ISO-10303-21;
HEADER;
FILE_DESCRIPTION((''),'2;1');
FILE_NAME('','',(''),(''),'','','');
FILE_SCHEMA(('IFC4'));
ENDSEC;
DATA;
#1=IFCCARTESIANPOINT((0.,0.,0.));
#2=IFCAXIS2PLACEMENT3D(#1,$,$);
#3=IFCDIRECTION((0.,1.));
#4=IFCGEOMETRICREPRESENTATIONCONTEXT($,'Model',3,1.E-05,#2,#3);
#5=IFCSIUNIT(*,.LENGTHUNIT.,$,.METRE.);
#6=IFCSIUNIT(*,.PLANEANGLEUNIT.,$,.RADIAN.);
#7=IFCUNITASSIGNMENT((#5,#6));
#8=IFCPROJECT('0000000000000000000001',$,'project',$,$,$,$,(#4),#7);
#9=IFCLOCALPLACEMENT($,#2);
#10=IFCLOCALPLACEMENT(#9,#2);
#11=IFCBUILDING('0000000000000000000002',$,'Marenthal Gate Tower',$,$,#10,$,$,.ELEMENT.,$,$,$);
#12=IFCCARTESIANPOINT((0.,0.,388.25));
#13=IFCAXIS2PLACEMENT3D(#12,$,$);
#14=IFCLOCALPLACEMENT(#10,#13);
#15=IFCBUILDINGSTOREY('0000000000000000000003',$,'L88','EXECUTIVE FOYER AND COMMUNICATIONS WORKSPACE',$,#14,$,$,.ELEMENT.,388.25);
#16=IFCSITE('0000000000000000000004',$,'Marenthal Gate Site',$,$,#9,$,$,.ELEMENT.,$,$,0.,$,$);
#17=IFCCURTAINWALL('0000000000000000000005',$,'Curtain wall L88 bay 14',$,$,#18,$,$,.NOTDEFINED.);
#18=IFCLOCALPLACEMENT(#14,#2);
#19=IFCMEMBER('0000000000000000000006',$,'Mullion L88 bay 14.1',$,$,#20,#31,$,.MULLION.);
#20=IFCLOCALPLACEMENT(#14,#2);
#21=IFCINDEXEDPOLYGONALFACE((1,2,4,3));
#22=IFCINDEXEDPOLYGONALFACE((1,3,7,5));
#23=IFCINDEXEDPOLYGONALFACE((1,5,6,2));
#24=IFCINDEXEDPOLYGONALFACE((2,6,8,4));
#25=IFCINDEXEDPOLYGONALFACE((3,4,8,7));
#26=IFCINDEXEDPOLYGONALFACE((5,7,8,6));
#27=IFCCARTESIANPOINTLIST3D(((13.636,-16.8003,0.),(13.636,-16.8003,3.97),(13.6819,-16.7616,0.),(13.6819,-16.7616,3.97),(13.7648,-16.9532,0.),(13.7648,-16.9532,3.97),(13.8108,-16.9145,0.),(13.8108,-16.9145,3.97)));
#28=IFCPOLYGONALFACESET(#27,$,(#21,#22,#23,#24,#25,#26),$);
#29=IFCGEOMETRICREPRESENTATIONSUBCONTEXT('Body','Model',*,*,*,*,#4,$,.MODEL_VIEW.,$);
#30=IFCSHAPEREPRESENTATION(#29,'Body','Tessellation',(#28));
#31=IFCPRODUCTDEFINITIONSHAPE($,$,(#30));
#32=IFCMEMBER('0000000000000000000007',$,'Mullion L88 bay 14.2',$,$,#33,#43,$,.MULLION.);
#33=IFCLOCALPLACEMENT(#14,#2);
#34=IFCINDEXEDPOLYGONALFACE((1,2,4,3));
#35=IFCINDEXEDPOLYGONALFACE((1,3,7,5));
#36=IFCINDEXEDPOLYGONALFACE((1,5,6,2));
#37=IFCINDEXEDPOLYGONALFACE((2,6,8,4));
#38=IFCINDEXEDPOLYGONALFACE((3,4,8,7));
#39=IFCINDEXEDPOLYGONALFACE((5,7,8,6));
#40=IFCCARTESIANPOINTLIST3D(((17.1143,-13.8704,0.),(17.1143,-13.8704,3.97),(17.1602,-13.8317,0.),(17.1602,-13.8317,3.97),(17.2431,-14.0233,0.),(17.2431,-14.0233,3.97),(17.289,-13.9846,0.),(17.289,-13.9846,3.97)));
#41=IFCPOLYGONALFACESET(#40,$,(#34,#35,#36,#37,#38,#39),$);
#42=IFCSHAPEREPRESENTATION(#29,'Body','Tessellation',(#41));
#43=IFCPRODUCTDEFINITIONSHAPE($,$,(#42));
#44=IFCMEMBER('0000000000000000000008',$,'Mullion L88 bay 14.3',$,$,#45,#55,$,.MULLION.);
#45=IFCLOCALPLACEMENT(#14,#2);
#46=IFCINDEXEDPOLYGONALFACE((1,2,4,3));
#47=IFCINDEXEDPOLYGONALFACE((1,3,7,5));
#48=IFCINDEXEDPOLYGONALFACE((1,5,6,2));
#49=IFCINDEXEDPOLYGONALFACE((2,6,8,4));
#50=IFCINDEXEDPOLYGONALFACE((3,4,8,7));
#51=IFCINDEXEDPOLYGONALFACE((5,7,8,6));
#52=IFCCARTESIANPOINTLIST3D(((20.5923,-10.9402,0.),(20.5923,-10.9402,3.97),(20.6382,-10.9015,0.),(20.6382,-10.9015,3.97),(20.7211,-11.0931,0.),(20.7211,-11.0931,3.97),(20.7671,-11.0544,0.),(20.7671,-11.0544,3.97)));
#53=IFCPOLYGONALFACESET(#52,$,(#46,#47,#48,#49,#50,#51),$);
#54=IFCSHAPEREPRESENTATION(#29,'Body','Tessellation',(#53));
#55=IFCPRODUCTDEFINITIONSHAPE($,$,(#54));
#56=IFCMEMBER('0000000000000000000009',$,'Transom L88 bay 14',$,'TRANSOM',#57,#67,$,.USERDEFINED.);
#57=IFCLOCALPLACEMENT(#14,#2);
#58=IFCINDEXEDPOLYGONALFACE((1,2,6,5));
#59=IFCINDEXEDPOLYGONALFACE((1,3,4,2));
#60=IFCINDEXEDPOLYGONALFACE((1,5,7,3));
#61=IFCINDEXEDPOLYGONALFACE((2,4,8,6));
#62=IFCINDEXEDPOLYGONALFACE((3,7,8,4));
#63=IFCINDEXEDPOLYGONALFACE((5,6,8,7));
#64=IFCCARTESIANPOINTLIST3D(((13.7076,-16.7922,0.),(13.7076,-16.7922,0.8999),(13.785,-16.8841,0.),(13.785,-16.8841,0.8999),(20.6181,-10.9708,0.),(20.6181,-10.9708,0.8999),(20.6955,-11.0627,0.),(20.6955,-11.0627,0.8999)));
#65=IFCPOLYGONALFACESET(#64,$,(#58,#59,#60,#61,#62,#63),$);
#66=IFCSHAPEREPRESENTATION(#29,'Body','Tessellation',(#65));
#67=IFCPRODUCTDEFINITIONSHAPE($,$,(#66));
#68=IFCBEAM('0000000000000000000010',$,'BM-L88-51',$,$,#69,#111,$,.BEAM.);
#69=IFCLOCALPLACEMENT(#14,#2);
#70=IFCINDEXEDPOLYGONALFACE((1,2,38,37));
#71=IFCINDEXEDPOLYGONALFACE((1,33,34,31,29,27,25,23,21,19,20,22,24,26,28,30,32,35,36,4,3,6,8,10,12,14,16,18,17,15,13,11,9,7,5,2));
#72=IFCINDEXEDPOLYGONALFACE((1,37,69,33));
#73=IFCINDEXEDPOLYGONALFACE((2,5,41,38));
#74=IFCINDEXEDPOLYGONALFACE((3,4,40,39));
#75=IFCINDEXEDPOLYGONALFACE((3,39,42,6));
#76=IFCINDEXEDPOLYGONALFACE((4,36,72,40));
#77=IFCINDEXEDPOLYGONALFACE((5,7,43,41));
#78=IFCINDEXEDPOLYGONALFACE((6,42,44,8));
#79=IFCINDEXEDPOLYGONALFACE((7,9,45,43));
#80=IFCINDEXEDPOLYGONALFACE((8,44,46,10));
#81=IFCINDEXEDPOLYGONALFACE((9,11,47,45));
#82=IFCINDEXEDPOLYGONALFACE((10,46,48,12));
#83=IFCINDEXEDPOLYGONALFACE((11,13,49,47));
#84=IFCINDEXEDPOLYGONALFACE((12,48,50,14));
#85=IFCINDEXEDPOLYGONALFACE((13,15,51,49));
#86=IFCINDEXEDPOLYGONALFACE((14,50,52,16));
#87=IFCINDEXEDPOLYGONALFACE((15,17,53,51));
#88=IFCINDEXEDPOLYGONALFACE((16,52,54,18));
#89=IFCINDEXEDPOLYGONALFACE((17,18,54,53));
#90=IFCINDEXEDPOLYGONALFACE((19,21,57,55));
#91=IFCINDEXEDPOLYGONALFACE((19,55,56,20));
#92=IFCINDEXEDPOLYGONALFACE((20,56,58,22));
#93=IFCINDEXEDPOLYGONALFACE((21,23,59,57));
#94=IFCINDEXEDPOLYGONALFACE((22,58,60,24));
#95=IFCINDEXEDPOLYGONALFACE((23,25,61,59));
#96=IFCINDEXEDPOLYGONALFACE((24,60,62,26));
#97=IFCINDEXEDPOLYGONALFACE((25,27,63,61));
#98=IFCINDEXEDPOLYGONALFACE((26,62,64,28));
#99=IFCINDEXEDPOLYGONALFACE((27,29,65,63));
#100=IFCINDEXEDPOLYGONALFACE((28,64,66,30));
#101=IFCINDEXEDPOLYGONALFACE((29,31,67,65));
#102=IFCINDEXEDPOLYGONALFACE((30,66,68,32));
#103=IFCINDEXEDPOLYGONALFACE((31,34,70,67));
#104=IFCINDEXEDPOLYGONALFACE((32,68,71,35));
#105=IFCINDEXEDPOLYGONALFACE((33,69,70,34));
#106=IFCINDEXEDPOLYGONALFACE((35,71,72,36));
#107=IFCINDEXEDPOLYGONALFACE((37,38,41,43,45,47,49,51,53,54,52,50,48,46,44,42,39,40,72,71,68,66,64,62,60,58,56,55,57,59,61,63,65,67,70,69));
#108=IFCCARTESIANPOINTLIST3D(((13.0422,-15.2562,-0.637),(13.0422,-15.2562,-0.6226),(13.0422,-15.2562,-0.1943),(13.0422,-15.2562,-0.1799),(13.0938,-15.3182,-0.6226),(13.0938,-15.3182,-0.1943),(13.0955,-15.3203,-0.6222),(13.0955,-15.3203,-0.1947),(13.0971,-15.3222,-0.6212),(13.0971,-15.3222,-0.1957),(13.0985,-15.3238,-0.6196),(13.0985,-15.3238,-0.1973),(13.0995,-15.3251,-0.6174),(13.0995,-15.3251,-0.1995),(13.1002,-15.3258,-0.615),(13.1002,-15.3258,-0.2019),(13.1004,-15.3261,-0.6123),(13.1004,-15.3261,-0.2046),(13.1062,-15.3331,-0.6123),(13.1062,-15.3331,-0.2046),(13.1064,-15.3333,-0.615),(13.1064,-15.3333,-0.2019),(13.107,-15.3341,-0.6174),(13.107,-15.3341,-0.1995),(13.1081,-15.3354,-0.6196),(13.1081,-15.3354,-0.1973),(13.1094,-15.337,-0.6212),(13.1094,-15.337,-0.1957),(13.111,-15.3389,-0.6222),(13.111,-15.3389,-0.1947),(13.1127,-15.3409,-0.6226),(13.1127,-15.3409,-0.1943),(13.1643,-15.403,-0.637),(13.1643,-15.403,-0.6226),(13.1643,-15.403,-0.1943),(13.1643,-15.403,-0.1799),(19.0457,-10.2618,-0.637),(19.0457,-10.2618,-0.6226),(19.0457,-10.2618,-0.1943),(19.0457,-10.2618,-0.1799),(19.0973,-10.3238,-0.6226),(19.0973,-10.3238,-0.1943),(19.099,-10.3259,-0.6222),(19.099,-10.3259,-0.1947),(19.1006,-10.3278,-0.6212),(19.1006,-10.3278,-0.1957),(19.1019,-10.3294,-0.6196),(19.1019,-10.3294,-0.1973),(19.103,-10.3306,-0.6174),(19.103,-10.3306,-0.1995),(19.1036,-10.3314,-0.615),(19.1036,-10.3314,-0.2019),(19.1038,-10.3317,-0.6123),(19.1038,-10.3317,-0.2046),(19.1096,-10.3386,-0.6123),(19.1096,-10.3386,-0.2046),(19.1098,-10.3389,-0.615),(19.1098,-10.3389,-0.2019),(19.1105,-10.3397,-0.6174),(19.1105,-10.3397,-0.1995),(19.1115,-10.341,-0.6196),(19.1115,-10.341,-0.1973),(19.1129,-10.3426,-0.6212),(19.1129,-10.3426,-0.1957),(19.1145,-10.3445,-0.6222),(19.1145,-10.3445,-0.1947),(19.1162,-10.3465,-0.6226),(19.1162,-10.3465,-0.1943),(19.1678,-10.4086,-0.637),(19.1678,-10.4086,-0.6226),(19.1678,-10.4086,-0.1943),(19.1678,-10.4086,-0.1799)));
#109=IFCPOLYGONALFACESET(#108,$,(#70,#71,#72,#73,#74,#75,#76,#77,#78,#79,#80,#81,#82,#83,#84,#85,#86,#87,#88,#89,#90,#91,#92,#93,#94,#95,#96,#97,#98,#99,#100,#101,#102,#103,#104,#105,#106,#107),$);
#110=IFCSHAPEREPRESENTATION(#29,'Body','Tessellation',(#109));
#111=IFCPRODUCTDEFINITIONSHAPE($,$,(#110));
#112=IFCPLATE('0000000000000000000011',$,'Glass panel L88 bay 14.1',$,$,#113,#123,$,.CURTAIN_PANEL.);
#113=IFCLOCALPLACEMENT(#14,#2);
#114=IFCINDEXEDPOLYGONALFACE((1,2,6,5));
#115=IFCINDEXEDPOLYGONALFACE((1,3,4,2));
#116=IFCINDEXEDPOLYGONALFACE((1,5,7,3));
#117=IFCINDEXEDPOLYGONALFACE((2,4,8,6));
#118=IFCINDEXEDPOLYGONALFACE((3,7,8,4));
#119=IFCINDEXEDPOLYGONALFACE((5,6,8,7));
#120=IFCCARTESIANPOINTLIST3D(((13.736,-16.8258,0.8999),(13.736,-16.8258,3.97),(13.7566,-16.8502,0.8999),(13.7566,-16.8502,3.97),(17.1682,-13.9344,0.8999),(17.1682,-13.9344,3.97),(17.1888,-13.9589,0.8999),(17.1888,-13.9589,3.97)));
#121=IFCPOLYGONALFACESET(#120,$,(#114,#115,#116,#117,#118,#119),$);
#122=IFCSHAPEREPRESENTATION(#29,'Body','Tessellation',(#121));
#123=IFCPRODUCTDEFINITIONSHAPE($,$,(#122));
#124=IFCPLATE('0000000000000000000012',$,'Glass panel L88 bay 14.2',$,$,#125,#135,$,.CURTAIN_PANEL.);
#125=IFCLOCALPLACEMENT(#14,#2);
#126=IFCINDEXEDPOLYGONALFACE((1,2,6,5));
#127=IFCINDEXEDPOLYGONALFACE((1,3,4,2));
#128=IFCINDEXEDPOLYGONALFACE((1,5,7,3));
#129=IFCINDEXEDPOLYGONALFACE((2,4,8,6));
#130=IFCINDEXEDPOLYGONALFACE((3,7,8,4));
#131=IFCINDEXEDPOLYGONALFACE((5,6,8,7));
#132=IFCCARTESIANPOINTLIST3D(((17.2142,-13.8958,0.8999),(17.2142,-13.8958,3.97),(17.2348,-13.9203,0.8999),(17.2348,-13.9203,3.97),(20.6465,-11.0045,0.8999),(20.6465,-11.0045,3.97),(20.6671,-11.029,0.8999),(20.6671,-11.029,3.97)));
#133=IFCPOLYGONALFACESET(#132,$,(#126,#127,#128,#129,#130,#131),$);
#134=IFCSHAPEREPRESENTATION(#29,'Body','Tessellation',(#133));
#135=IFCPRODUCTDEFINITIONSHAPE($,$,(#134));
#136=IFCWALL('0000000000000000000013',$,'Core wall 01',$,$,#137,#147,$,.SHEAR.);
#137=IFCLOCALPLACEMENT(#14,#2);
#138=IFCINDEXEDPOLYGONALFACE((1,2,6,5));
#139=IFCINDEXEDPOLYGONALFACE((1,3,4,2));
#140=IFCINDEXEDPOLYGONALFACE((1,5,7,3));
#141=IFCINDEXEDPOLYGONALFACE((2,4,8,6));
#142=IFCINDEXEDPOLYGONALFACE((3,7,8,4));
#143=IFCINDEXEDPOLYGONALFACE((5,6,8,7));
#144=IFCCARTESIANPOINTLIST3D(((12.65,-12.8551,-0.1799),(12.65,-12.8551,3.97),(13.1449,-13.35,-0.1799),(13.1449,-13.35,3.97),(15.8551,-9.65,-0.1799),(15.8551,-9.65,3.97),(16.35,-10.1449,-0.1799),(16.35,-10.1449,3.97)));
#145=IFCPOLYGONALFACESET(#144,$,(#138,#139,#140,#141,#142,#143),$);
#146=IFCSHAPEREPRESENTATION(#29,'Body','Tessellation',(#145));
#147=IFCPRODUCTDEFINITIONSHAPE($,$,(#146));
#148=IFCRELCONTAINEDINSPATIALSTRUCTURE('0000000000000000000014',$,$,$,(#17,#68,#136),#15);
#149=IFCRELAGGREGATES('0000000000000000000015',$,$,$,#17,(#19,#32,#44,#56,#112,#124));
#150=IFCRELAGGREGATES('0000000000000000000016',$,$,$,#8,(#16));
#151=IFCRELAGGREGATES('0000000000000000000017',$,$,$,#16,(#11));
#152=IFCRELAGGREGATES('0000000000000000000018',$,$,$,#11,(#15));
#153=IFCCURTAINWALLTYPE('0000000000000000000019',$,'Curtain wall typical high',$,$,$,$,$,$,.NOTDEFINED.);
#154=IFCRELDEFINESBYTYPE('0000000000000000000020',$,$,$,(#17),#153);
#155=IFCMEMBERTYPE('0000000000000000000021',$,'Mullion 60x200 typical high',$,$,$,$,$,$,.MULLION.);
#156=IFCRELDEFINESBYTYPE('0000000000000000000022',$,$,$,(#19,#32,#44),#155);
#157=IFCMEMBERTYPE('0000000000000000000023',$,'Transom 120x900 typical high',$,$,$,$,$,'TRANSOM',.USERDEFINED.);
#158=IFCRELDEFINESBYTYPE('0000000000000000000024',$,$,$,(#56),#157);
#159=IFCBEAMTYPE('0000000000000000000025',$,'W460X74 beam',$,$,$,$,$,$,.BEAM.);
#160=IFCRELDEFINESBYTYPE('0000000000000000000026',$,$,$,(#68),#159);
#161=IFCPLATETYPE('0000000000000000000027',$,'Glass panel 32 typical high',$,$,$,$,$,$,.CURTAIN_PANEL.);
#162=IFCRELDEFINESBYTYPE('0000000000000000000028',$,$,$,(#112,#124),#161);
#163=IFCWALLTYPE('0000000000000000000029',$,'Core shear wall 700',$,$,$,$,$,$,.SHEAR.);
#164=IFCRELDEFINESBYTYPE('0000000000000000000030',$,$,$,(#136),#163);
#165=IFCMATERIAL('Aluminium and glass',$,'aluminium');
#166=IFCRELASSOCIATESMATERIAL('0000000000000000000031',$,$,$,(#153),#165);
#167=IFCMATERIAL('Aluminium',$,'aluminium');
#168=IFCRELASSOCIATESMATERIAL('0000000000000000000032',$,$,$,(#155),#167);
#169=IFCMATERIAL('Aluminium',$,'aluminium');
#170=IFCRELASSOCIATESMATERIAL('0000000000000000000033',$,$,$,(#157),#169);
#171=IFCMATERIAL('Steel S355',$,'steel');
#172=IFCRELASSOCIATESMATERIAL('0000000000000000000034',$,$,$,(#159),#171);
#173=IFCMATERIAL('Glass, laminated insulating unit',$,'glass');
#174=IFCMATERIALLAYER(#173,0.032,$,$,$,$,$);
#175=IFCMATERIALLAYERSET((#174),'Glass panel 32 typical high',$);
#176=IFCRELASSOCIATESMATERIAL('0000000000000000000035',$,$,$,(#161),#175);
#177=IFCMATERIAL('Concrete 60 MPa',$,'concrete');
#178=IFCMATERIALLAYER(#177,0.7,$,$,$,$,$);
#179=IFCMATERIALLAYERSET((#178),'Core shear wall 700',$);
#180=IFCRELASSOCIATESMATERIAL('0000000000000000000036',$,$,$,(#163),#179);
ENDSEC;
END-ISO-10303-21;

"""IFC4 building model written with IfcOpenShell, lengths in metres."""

from ifc_helpers import new_model, si_unit, direction, frame, frame_2d, origin, origin_2d, place, context, subcontext, project, spatial, rectangle, i_section, extrude, material, layer, layer_set, material_profile, profile_set, type_object, element, aggregate, save


model = new_model("IFC4")

# Units and contexts
model_context = context("Model", 3, precision=1e-05, world=origin(), true_north=direction((0.0, 1.0)))
body_context = subcontext(model_context, "Body", "Model", "MODEL_VIEW")
ifc_project = project(units=[si_unit("LENGTHUNIT", "METRE"), si_unit("PLANEANGLEUNIT", "RADIAN")], contexts=[model_context])

# Site, building, storey
site_placement = place(None, origin())
site = spatial("IfcSite", under=ifc_project, at=site_placement, Name="Marenthal Gate Site", CompositionType="ELEMENT", RefElevation=0.0)
building_placement = place(site_placement, origin())
building = spatial("IfcBuilding", under=site, at=building_placement, Name="Marenthal Gate Tower", CompositionType="ELEMENT")
storey_placement = place(building_placement, frame((0.0, 0.0, 388.25)))
storey = spatial("IfcBuildingStorey", under=building, at=storey_placement, Name="L88", Description="EXECUTIVE FOYER AND COMMUNICATIONS WORKSPACE", CompositionType="ELEMENT", Elevation=388.25)

# Curtain wall, members
ifc_material_1 = material(Name="Aluminium and glass", Category="aluminium")
curtain_wall_type = type_object("IfcCurtainWallType", Name="Curtain wall typical high", PredefinedType="NOTDEFINED", material=ifc_material_1)
curtain_wall_placement = place(storey_placement, origin())
curtain_wall = element("IfcCurtainWall", 1, at=curtain_wall_placement, inside=storey, type_object=curtain_wall_type, Name="Curtain wall L88 bay 14", PredefinedType="NOTDEFINED")
ifc_material_2 = material(Name="Aluminium", Category="aluminium")
ifc_material_profile_1 = material_profile(ifc_material_2, rectangle(XDim=0.2, YDim=0.0601, at=origin_2d()), Name="60x200 aluminium mullion")
ifc_profile_set_1 = profile_set([ifc_material_profile_1], Name="Aluminium")
member_type_1 = type_object("IfcMemberType", Name="Mullion 60x200 typical high", PredefinedType="MULLION", material=ifc_profile_set_1)
member_1_placement = place(storey_placement, frame((13.7234, -16.8574, 0.0), z_axis=(0.0, 0.0, 1.0), x_axis=(-0.644265, 0.764802, 0.0)))
member_1 = element("IfcMember", 2, at=member_1_placement, type_object=member_type_1, Name="Mullion L88 bay 14.1", PredefinedType="MULLION", context=body_context, shape_type="SweptSolid", body=[
    extrude(rectangle(XDim=0.2, YDim=0.0601, at=origin_2d()), origin(), (0.0, 0.0, 1.0), 3.97),
])
member_2_placement = place(storey_placement, frame((17.2017, -13.9275, 0.0), z_axis=(0.0, 0.0, 1.0), x_axis=(-0.644265, 0.764802, 0.0)))
member_2 = element("IfcMember", 3, at=member_2_placement, type_object=member_type_1, Name="Mullion L88 bay 14.2", PredefinedType="MULLION", context=body_context, shape_type="SweptSolid", body=[
    extrude(rectangle(XDim=0.2, YDim=0.0601, at=origin_2d()), origin(), (0.0, 0.0, 1.0), 3.97),
])
member_3_placement = place(storey_placement, frame((20.6797, -10.9973, 0.0), z_axis=(0.0, 0.0, 1.0), x_axis=(-0.644265, 0.764802, 0.0)))
member_3 = element("IfcMember", 4, at=member_3_placement, type_object=member_type_1, Name="Mullion L88 bay 14.3", PredefinedType="MULLION", context=body_context, shape_type="SweptSolid", body=[
    extrude(rectangle(XDim=0.2, YDim=0.0601, at=origin_2d()), origin(), (0.0, 0.0, 1.0), 3.97),
])
ifc_material_3 = material(Name="Aluminium", Category="aluminium")
ifc_material_profile_2 = material_profile(ifc_material_3, rectangle(XDim=0.1201, YDim=0.8999, at=origin_2d()), Name="120x900 aluminium transom")
ifc_profile_set_2 = profile_set([ifc_material_profile_2], Name="Aluminium")
member_type_2 = type_object("IfcMemberType", Name="Transom 120x900 typical high", ElementType="TRANSOM", PredefinedType="USERDEFINED", material=ifc_profile_set_2)
member_4_placement = place(storey_placement, frame((13.7463, -16.8381, 0.45), z_axis=(0.764802, 0.644266, 0.0), x_axis=(-0.644266, 0.764802, 0.0)))
member_4 = element("IfcMember", 5, at=member_4_placement, type_object=member_type_2, Name="Transom L88 bay 14", ObjectType="TRANSOM", PredefinedType="USERDEFINED", context=body_context, shape_type="SweptSolid", body=[
    extrude(rectangle(XDim=0.1201, YDim=0.8999, at=origin_2d()), origin(), (0.0, 0.0, 1.0), 9.0356),
])

# Beam
ifc_material_4 = material(Name="Steel S355", Category="steel")
ifc_material_profile_3 = material_profile(ifc_material_4, i_section(OverallWidth=0.1909, OverallDepth=0.457, WebThickness=0.009, FlangeThickness=0.0144, FilletRadius=0.0103, at=origin_2d()), Name="W460X74")
ifc_profile_set_3 = profile_set([ifc_material_profile_3], Name="Steel S355")
beam_type = type_object("IfcBeamType", Name="W460X74 beam", PredefinedType="BEAM", material=ifc_profile_set_3)
beam_placement = place(storey_placement, frame((13.1033, -15.3296, -0.4084), z_axis=(0.768754, 0.639545, 0.0), x_axis=(-0.639545, 0.768754, 0.0)))
element("IfcBeam", 6, at=beam_placement, inside=storey, type_object=beam_type, Name="BM-L88-51", PredefinedType="BEAM", context=body_context, shape_type="SweptSolid", body=[
    extrude(i_section(OverallWidth=0.1909, OverallDepth=0.457, WebThickness=0.009, FlangeThickness=0.0144, FilletRadius=0.0103, at=origin_2d()), origin(), (0.0, 0.0, 1.0), 7.8093),
])

# Plates
ifc_material_5 = material(Name="Glass, laminated insulating unit", Category="glass")
ifc_layer_1 = layer(ifc_material_5, 0.032)
ifc_layer_set_1 = layer_set([ifc_layer_1], Name="Glass panel 32 typical high")
plate_type = type_object("IfcPlateType", Name="Glass panel 32 typical high", PredefinedType="CURTAIN_PANEL", material=ifc_layer_set_1)
plate_1_placement = place(storey_placement, frame((15.4624, -15.3923, 0.8999), z_axis=(0.0, 0.0, 1.0), x_axis=(0.764802, 0.644265, 0.0)))
plate_1 = element("IfcPlate", 7, at=plate_1_placement, type_object=plate_type, Name="Glass panel L88 bay 14.1", PredefinedType="CURTAIN_PANEL", context=body_context, shape_type="SweptSolid", body=[
    extrude(rectangle(XDim=4.4878, YDim=0.032, at=origin_2d()), origin(), (0.0, 0.0, 1.0), 3.0701),
])
plate_2_placement = place(storey_placement, frame((18.9407, -12.4624, 0.8999), z_axis=(0.0, 0.0, 1.0), x_axis=(0.764802, 0.644265, 0.0)))
plate_2 = element("IfcPlate", 8, at=plate_2_placement, type_object=plate_type, Name="Glass panel L88 bay 14.2", PredefinedType="CURTAIN_PANEL", context=body_context, shape_type="SweptSolid", body=[
    extrude(rectangle(XDim=4.4878, YDim=0.032, at=origin_2d()), origin(), (0.0, 0.0, 1.0), 3.0701),
])
aggregate(curtain_wall, [member_1, member_2, member_3, member_4, plate_1, plate_2])

# Wall
ifc_material_6 = material(Name="Concrete 60 MPa", Category="concrete")
ifc_layer_2 = layer(ifc_material_6, 0.7)
ifc_layer_set_2 = layer_set([ifc_layer_2], Name="Core shear wall 700")
wall_type_1 = type_object("IfcWallType", Name="Core shear wall 700", PredefinedType="SHEAR", material=ifc_layer_set_2)
wall_1_placement = place(storey_placement, frame((12.8975, -13.1025, -0.1799), z_axis=(0.0, 0.0, 1.0), x_axis=(0.707107, 0.707107, 0.0)))
element("IfcWall", 9, at=wall_1_placement, inside=storey, type_object=wall_type_1, Name="Core wall 01", PredefinedType="SHEAR", context=body_context, shape_type="SweptSolid", body=[
    extrude(rectangle(XDim=4.5327, YDim=0.7, at=frame_2d((2.2664, 0.0))), origin(), (0.0, 0.0, 1.0), 4.1499),
])

save(model, "model.ifc")
